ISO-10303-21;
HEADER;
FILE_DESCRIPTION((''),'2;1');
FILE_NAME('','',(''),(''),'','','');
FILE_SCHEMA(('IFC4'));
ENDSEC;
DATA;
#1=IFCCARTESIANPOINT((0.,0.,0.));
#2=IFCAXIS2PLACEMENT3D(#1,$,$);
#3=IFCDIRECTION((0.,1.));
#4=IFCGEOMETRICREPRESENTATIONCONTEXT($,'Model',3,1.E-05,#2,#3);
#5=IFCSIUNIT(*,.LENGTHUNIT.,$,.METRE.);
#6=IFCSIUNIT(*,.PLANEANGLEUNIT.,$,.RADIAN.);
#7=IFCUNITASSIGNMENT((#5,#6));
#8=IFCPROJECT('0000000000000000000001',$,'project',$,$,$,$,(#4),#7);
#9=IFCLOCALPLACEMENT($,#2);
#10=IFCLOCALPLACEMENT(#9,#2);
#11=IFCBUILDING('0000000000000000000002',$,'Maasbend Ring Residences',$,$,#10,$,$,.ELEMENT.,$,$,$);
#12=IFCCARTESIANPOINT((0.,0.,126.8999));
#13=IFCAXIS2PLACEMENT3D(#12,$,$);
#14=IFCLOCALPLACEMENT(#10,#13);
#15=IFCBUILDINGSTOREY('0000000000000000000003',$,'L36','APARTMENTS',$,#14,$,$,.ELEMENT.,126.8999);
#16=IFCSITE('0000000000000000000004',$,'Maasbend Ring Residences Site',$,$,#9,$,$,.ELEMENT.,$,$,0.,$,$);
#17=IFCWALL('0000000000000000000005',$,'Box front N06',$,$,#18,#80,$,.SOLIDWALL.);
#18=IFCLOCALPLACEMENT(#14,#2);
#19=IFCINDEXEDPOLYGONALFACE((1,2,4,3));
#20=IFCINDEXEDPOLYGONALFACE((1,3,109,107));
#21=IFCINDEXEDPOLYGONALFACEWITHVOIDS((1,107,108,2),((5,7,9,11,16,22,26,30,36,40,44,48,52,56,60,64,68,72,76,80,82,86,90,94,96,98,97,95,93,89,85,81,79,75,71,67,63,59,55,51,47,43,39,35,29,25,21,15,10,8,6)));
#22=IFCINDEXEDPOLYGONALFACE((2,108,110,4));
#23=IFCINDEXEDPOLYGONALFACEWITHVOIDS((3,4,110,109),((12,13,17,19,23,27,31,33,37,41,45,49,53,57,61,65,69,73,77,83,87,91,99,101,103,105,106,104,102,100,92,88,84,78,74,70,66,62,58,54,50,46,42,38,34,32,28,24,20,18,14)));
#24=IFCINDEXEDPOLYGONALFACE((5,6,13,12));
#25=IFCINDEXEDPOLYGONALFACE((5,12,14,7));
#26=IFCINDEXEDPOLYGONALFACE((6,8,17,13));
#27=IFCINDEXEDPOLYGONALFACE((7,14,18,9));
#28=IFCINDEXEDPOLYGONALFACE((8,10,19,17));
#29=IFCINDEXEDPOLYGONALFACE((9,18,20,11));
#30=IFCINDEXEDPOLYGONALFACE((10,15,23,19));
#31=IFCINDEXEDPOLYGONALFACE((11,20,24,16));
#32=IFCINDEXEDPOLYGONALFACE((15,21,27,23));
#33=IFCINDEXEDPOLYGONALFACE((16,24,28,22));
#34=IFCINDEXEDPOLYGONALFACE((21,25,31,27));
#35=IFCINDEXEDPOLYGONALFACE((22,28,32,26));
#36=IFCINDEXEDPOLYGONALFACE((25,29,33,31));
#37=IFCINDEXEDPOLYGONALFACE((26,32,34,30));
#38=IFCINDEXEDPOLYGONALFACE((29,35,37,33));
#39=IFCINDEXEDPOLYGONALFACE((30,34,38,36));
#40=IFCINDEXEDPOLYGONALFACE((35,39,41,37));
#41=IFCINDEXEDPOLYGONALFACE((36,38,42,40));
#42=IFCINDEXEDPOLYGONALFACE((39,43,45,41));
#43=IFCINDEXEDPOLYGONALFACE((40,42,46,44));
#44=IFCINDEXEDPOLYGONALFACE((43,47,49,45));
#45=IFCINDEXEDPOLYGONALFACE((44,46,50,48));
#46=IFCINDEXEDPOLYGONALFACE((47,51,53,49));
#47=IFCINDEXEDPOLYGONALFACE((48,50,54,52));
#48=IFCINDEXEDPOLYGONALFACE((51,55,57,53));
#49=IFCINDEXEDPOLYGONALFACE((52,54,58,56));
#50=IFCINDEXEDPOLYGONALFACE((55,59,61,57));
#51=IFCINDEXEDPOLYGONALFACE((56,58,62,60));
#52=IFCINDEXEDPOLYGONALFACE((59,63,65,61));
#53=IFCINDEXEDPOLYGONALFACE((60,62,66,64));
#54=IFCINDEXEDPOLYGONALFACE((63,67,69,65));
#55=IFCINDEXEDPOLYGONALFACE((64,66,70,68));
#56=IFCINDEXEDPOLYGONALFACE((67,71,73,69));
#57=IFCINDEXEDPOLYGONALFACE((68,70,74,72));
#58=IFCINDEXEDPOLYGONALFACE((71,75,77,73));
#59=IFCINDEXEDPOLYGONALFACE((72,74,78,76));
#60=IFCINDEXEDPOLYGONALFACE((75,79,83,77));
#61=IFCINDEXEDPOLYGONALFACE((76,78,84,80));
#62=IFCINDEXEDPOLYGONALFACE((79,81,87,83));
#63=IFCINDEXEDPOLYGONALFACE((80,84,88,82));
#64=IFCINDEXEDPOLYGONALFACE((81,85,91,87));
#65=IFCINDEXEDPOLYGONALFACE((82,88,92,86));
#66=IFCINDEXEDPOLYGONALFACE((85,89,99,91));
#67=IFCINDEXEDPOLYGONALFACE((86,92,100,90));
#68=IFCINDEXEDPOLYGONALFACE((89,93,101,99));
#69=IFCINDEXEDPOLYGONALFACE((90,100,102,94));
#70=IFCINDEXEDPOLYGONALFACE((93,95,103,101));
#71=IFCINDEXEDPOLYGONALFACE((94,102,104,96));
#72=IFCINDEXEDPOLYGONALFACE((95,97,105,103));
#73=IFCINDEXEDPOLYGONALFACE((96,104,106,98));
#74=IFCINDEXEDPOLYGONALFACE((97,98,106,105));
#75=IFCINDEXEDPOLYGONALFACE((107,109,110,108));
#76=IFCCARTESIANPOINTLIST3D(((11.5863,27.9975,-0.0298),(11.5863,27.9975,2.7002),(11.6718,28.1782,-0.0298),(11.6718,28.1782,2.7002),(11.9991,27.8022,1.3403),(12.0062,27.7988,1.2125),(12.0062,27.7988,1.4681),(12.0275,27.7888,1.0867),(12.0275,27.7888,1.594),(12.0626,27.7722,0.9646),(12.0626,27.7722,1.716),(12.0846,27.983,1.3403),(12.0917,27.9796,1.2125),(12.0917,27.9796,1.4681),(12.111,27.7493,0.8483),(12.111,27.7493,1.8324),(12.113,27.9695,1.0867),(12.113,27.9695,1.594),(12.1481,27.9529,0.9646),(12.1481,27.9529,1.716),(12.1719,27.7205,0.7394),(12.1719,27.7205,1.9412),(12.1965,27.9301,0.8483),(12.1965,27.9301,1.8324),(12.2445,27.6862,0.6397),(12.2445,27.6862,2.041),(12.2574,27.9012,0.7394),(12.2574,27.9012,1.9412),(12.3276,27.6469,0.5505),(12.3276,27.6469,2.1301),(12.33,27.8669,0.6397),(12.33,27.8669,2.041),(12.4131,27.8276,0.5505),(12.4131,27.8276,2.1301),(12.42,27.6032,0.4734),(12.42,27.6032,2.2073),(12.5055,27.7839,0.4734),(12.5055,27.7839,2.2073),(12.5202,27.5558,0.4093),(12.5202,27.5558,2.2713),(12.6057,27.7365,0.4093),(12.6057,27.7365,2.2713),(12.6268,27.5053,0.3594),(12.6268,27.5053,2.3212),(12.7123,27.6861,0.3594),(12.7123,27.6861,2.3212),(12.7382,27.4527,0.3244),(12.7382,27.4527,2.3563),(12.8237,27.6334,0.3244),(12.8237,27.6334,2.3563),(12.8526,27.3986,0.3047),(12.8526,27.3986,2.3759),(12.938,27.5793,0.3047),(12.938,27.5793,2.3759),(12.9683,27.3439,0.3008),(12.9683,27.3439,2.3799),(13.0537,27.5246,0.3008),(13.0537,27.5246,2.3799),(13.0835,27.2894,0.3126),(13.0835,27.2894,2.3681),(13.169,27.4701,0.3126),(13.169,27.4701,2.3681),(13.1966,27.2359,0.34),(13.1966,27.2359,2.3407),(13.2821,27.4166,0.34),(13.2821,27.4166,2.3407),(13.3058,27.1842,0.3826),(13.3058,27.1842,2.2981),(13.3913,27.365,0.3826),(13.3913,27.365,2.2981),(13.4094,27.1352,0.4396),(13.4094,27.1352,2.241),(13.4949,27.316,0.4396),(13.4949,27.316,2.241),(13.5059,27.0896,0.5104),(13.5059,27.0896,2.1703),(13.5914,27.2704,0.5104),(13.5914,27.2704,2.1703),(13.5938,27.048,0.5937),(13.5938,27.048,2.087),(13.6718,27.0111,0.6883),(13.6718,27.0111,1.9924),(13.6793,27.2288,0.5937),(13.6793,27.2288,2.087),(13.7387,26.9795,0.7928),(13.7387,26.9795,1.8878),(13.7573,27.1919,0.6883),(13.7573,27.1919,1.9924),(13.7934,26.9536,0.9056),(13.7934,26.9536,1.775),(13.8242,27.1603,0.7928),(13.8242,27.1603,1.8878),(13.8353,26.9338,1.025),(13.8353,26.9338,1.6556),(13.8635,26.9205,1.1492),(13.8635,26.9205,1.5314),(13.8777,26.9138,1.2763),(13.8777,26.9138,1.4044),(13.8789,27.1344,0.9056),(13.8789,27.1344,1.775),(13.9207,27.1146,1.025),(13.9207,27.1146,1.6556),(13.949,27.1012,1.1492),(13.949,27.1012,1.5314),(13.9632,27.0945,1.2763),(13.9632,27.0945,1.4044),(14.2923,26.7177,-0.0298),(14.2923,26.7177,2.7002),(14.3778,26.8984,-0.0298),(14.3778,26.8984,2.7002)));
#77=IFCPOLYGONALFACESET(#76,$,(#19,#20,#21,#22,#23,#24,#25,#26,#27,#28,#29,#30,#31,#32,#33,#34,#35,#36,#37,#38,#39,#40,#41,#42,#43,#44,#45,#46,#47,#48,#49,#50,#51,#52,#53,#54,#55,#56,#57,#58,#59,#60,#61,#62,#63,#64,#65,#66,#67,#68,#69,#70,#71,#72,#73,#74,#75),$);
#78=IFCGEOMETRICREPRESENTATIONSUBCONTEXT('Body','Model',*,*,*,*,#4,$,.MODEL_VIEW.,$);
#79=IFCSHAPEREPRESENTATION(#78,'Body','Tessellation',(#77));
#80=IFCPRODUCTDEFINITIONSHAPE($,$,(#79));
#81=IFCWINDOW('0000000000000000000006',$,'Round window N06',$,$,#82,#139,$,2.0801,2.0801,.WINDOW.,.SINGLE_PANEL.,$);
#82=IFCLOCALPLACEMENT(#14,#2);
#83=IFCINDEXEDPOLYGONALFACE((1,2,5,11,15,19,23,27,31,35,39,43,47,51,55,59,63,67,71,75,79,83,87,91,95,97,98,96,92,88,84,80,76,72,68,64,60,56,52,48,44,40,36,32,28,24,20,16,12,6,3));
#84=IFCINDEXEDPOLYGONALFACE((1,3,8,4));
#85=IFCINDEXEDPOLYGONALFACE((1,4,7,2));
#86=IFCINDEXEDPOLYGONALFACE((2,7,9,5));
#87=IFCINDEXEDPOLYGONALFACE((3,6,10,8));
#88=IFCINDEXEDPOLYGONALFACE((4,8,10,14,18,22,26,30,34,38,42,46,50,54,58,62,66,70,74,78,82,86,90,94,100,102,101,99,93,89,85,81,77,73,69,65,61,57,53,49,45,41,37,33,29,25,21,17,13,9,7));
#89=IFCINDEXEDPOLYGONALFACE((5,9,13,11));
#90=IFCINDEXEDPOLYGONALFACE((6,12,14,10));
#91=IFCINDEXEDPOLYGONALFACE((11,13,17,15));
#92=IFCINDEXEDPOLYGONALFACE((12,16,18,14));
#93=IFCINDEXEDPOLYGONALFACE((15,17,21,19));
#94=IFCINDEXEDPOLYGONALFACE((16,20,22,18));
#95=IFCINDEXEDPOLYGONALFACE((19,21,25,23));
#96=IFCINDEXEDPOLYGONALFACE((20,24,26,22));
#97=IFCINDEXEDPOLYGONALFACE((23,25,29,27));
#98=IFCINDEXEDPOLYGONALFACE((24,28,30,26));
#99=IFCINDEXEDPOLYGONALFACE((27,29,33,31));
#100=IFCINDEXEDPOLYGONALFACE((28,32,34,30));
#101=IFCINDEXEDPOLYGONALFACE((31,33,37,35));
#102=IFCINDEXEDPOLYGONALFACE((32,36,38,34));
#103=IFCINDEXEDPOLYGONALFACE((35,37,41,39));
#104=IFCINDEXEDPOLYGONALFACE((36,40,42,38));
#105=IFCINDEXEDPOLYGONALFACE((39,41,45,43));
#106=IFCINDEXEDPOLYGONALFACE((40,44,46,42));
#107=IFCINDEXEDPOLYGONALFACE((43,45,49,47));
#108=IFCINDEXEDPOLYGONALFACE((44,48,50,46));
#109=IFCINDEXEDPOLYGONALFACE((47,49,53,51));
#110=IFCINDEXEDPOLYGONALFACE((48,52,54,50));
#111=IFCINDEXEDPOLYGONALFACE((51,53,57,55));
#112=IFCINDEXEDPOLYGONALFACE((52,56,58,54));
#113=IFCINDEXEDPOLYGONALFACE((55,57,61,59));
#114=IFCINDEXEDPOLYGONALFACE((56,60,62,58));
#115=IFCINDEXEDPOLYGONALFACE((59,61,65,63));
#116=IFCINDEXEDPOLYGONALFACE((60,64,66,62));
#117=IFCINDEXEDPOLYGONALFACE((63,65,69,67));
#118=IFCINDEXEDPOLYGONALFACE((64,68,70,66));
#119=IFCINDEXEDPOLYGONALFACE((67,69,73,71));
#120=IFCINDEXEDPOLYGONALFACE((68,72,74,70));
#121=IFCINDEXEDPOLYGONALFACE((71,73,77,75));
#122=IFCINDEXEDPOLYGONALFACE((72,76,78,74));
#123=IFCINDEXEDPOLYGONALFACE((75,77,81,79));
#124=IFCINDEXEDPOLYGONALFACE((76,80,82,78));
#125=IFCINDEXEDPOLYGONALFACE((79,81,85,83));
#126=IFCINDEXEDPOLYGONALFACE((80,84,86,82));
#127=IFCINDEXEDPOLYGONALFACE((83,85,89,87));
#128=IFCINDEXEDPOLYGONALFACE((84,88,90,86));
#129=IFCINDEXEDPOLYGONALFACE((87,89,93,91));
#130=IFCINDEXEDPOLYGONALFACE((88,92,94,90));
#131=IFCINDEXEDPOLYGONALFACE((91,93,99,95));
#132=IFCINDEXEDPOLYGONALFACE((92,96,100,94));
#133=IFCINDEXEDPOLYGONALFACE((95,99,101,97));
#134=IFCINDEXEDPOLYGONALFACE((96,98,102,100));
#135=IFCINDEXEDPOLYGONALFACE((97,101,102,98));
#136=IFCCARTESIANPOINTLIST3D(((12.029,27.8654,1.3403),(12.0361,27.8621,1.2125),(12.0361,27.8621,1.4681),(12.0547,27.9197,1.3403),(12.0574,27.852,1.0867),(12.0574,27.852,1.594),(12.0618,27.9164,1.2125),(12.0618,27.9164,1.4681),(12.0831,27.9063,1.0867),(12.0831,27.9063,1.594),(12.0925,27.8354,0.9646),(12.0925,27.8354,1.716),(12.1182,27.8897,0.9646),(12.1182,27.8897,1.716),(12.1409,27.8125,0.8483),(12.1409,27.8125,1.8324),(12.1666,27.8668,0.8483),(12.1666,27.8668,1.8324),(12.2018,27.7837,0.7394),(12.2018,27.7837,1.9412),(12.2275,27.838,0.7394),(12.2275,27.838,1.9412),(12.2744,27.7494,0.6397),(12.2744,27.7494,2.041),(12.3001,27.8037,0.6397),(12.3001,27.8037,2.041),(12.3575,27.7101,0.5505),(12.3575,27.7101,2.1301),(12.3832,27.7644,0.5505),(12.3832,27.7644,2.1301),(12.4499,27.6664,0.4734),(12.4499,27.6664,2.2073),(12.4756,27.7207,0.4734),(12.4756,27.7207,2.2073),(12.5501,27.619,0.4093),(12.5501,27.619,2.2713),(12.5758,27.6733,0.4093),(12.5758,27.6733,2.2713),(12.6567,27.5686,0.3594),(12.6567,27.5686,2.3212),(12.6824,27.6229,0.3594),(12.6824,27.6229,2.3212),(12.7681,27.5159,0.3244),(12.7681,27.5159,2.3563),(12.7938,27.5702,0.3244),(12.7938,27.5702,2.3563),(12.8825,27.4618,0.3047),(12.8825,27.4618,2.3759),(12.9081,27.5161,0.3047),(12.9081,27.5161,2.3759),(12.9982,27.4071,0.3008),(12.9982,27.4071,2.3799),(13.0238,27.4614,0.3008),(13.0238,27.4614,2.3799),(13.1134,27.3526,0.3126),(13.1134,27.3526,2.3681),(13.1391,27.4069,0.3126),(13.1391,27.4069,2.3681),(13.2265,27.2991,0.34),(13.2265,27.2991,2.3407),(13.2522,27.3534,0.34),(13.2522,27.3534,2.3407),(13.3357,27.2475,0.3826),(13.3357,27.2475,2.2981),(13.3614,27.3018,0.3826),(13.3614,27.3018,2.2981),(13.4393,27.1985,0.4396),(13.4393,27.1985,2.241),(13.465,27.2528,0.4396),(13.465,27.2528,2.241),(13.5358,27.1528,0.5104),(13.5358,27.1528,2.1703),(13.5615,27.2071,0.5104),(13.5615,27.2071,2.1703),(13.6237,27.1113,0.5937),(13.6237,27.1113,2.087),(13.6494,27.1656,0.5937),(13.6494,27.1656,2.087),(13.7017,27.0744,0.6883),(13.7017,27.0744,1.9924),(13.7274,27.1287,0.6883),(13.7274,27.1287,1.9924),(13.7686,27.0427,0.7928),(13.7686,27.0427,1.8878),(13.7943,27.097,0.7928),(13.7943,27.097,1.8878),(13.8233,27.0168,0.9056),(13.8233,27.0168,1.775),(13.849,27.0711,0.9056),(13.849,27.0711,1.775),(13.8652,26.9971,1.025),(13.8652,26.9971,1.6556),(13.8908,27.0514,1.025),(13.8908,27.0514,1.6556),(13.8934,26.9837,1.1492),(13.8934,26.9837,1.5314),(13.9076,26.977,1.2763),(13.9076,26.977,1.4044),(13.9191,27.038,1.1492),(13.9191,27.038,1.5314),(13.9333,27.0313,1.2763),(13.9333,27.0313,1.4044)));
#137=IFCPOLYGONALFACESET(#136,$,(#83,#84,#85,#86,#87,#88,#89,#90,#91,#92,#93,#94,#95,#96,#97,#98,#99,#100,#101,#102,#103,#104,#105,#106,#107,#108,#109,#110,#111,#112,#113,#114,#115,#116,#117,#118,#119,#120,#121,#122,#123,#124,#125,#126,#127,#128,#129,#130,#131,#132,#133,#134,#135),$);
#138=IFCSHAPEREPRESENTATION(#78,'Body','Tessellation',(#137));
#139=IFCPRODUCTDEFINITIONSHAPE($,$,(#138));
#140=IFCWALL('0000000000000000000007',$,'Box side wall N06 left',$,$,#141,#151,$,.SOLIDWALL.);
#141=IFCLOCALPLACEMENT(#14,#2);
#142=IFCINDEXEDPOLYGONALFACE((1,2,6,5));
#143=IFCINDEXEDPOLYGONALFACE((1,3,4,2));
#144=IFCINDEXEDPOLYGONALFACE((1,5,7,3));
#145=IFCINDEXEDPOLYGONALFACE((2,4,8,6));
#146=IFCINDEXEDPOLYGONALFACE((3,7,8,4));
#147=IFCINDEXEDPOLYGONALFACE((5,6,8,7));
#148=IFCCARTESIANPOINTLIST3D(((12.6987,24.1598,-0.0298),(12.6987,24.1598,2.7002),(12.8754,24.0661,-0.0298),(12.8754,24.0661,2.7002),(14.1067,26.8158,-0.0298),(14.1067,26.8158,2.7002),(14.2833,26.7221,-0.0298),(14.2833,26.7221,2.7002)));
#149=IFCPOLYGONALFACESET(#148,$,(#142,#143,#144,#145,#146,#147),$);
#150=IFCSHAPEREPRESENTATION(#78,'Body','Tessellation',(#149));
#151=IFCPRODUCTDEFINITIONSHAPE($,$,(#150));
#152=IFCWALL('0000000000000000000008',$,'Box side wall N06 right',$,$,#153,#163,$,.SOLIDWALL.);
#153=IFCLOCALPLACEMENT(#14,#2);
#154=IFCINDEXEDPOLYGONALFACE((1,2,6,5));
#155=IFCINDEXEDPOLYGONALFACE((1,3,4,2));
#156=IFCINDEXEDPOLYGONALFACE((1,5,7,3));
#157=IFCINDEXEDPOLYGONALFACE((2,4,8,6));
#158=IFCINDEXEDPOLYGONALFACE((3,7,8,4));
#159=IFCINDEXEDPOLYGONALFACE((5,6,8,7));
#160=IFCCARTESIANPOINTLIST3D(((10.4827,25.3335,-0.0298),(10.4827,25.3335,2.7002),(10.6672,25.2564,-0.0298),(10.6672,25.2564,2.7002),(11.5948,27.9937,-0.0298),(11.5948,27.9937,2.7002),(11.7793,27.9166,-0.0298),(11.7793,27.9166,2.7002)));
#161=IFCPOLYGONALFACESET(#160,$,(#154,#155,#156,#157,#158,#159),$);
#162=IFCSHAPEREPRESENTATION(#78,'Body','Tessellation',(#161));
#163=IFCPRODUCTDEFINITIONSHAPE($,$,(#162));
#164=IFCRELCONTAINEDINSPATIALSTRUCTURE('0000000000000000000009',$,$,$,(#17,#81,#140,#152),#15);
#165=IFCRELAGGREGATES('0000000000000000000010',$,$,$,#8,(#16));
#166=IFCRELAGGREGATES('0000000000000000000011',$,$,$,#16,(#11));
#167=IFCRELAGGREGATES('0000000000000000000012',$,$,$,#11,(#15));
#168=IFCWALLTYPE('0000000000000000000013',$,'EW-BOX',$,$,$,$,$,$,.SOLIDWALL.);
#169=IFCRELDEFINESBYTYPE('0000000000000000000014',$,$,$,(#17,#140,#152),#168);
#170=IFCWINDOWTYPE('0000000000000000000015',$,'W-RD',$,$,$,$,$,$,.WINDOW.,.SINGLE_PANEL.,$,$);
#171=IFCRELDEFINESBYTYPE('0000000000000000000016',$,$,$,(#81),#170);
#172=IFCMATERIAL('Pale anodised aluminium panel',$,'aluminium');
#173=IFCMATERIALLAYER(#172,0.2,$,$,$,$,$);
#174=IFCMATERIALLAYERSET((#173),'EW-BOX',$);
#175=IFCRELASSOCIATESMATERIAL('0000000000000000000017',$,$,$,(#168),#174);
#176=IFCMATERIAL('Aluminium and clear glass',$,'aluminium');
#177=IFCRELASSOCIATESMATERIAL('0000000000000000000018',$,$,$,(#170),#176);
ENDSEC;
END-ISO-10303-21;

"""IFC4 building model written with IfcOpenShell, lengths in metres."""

from ifc_helpers import new_model, si_unit, direction, frame, frame_2d, origin, place, context, subcontext, project, spatial, rectangle, circle, extrude, material, layer, layer_set, type_object, element, fill, save


model = new_model("IFC4")

# Units and contexts
model_context = context("Model", 3, precision=1e-05, world=origin(), true_north=direction((0.0, 1.0)))
body_context = subcontext(model_context, "Body", "Model", "MODEL_VIEW")
ifc_project = project(units=[si_unit("LENGTHUNIT", "METRE"), si_unit("PLANEANGLEUNIT", "RADIAN")], contexts=[model_context])

# Site, building, storey
site_placement = place(None, origin())
site = spatial("IfcSite", under=ifc_project, at=site_placement, Name="Maasbend Ring Residences Site", CompositionType="ELEMENT", RefElevation=0.0)
building_placement = place(site_placement, origin())
building = spatial("IfcBuilding", under=site, at=building_placement, Name="Maasbend Ring Residences", CompositionType="ELEMENT")
storey_placement = place(building_placement, frame((0.0, 0.0, 126.8999)))
storey = spatial("IfcBuildingStorey", under=building, at=storey_placement, Name="L36", Description="APARTMENTS", CompositionType="ELEMENT", Elevation=126.8999)

# Wall, opening, window
ifc_material_1 = material(Name="Pale anodised aluminium panel", Category="aluminium")
ifc_layer_1 = layer(ifc_material_1, 0.2)
ifc_layer_set_1 = layer_set([ifc_layer_1], Name="EW-BOX")
wall_type_1 = type_object("IfcWallType", Name="EW-BOX", PredefinedType="SOLIDWALL", material=ifc_layer_set_1)
wall_1_placement = place(storey_placement, frame((14.335, 26.8081, -0.0298), z_axis=(0.0, 0.0, 1.0), x_axis=(-0.904, 0.427532, 0.0)))
wall_1 = element("IfcWall", 1, at=wall_1_placement, inside=storey, type_object=wall_type_1, Name="Box front N06", PredefinedType="SOLIDWALL", context=body_context, shape_type="SweptSolid", body=[
    extrude(rectangle(XDim=2.9934, YDim=0.2, at=frame_2d((1.4966, 0.0))), origin(), (0.0, 0.0, 1.0), 2.73),
])
opening_1_placement = place(wall_1_placement, frame((0.4565, 0.0, 0.3301)))
opening_1 = element("IfcOpeningElement", 2, at=opening_1_placement, cuts=wall_1, PredefinedType="OPENING", context=body_context, shape_type="SweptSolid", body=[
    extrude(circle(Radius=1.04, at=frame_2d((1.04, 1.04))), frame((0.0, 0.1099, 0.0), z_axis=(0.0, -1.0, 0.0), x_axis=(1.0, 0.0, 0.0)), (0.0, 0.0, 1.0), 0.22),
])
ifc_material_2 = material(Name="Aluminium and clear glass", Category="aluminium")
window_type_1 = type_object("IfcWindowType", Name="W-RD", PartitioningType="SINGLE_PANEL", PredefinedType="WINDOW", material=ifc_material_2)
window_1_placement = place(opening_1_placement, origin())
window_1 = element("IfcWindow", 3, at=window_1_placement, inside=storey, type_object=window_type_1, Name="Round window N06", OverallHeight=2.0801, OverallWidth=2.0801, PartitioningType="SINGLE_PANEL", PredefinedType="WINDOW", context=body_context, shape_type="SweptSolid", body=[
    extrude(circle(Radius=1.04, at=frame_2d((1.04, 1.04))), frame((0.0, 0.03, 0.0), z_axis=(0.0, -1.0, 0.0), x_axis=(1.0, 0.0, 0.0)), (0.0, 0.0, 1.0), 0.0601),
])
fill(opening_1, window_1)

# Walls
wall_2_placement = place(storey_placement, frame((12.7871, 24.113, -0.0298), z_axis=(0.0, 0.0, 1.0), x_axis=(0.468365, 0.883535, 0.0)))
element("IfcWall", 4, at=wall_2_placement, inside=storey, type_object=wall_type_1, Name="Box side wall N06 left", PredefinedType="SOLIDWALL", context=body_context, shape_type="SweptSolid", body=[
    extrude(rectangle(XDim=3.0061, YDim=0.2, at=frame_2d((1.5029, 0.0))), origin(), (0.0, 0.0, 1.0), 2.73),
])
wall_3_placement = place(storey_placement, frame((10.575, 25.2949, -0.0298), z_axis=(0.0, 0.0, 1.0), x_axis=(0.385697, 0.922625, 0.0)))
element("IfcWall", 5, at=wall_3_placement, inside=storey, type_object=wall_type_1, Name="Box side wall N06 right", PredefinedType="SOLIDWALL", context=body_context, shape_type="SweptSolid", body=[
    extrude(rectangle(XDim=2.8833, YDim=0.2, at=frame_2d((1.4417, 0.0))), origin(), (0.0, 0.0, 1.0), 2.73),
])

save(model, "model.ifc")
